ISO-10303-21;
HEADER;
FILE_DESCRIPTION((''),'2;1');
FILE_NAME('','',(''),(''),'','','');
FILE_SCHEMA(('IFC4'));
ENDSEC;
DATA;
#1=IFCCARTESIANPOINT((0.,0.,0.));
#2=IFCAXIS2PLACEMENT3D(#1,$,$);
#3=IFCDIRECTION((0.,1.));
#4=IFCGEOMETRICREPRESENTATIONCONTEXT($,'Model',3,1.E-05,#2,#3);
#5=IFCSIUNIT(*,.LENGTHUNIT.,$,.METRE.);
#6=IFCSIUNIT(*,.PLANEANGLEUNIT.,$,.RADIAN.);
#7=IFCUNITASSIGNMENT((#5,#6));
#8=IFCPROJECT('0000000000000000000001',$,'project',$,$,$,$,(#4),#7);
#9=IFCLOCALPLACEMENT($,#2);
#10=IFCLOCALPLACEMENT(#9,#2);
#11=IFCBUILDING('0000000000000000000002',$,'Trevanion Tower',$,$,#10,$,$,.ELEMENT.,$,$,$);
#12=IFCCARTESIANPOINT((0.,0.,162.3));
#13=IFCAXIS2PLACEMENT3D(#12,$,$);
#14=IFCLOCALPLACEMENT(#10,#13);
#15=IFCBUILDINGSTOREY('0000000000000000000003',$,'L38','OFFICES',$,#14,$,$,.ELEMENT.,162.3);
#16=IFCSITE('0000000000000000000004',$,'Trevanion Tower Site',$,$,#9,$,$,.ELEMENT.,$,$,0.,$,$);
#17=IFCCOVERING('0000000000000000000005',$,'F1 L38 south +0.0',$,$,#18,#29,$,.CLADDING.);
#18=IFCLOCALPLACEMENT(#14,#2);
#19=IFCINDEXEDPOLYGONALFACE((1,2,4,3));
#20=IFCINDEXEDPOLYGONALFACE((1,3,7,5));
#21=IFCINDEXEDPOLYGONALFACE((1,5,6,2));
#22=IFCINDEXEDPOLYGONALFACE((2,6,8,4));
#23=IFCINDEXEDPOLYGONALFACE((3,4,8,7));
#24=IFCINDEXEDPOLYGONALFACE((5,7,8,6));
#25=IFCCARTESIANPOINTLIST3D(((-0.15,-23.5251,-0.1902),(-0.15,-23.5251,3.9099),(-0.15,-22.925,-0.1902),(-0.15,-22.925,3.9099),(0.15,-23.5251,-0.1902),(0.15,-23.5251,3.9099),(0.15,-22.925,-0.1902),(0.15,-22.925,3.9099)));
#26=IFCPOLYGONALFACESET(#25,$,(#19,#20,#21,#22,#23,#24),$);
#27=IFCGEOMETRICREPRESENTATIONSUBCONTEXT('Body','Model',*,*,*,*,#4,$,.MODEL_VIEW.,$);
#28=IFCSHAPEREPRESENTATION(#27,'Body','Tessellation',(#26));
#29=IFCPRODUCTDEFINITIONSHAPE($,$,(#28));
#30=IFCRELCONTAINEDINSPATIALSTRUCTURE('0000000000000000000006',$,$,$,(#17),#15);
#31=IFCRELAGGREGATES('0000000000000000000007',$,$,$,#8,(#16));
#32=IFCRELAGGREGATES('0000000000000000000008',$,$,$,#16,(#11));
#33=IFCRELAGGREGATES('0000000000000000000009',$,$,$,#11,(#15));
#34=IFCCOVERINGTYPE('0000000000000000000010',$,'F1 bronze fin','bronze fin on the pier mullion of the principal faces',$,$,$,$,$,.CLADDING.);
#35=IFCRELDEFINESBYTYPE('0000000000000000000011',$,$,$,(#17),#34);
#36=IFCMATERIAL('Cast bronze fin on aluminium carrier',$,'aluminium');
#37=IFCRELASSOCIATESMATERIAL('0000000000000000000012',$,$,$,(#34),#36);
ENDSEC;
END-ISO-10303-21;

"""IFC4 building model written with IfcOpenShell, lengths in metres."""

from ifc_helpers import new_model, si_unit, direction, frame, origin, origin_2d, place, context, subcontext, project, spatial, rectangle, extrude, material, type_object, element, save


model = new_model("IFC4")

# Units and contexts
model_context = context("Model", 3, precision=1e-05, world=origin(), true_north=direction((0.0, 1.0)))
body_context = subcontext(model_context, "Body", "Model", "MODEL_VIEW")
ifc_project = project(units=[si_unit("LENGTHUNIT", "METRE"), si_unit("PLANEANGLEUNIT", "RADIAN")], contexts=[model_context])

# Site, building, storey
site_placement = place(None, origin())
site = spatial("IfcSite", under=ifc_project, at=site_placement, Name="Trevanion Tower Site", CompositionType="ELEMENT", RefElevation=0.0)
building_placement = place(site_placement, origin())
building = spatial("IfcBuilding", under=site, at=building_placement, Name="Trevanion Tower", CompositionType="ELEMENT")
storey_placement = place(building_placement, frame((0.0, 0.0, 162.3)))
storey = spatial("IfcBuildingStorey", under=building, at=storey_placement, Name="L38", Description="OFFICES", CompositionType="ELEMENT", Elevation=162.3)

# Covering
ifc_material_1 = material(Name="Cast bronze fin on aluminium carrier", Category="aluminium")
covering_type = type_object("IfcCoveringType", Name="F1 bronze fin", Description="bronze fin on the pier mullion of the principal faces", PredefinedType="CLADDING", material=ifc_material_1)
covering_placement = place(storey_placement, frame((0.0, -23.2251, -0.1902), z_axis=(0.0, 0.0, 1.0), x_axis=(1.0, 0.0, 0.0)))
element("IfcCovering", 1, at=covering_placement, inside=storey, type_object=covering_type, Name="F1 L38 south +0.0", PredefinedType="CLADDING", context=body_context, shape_type="SweptSolid", body=[
    extrude(rectangle(XDim=0.3, YDim=0.6001, at=origin_2d()), origin(), (0.0, 0.0, 1.0), 4.1001),
])

save(model, "model.ifc")
